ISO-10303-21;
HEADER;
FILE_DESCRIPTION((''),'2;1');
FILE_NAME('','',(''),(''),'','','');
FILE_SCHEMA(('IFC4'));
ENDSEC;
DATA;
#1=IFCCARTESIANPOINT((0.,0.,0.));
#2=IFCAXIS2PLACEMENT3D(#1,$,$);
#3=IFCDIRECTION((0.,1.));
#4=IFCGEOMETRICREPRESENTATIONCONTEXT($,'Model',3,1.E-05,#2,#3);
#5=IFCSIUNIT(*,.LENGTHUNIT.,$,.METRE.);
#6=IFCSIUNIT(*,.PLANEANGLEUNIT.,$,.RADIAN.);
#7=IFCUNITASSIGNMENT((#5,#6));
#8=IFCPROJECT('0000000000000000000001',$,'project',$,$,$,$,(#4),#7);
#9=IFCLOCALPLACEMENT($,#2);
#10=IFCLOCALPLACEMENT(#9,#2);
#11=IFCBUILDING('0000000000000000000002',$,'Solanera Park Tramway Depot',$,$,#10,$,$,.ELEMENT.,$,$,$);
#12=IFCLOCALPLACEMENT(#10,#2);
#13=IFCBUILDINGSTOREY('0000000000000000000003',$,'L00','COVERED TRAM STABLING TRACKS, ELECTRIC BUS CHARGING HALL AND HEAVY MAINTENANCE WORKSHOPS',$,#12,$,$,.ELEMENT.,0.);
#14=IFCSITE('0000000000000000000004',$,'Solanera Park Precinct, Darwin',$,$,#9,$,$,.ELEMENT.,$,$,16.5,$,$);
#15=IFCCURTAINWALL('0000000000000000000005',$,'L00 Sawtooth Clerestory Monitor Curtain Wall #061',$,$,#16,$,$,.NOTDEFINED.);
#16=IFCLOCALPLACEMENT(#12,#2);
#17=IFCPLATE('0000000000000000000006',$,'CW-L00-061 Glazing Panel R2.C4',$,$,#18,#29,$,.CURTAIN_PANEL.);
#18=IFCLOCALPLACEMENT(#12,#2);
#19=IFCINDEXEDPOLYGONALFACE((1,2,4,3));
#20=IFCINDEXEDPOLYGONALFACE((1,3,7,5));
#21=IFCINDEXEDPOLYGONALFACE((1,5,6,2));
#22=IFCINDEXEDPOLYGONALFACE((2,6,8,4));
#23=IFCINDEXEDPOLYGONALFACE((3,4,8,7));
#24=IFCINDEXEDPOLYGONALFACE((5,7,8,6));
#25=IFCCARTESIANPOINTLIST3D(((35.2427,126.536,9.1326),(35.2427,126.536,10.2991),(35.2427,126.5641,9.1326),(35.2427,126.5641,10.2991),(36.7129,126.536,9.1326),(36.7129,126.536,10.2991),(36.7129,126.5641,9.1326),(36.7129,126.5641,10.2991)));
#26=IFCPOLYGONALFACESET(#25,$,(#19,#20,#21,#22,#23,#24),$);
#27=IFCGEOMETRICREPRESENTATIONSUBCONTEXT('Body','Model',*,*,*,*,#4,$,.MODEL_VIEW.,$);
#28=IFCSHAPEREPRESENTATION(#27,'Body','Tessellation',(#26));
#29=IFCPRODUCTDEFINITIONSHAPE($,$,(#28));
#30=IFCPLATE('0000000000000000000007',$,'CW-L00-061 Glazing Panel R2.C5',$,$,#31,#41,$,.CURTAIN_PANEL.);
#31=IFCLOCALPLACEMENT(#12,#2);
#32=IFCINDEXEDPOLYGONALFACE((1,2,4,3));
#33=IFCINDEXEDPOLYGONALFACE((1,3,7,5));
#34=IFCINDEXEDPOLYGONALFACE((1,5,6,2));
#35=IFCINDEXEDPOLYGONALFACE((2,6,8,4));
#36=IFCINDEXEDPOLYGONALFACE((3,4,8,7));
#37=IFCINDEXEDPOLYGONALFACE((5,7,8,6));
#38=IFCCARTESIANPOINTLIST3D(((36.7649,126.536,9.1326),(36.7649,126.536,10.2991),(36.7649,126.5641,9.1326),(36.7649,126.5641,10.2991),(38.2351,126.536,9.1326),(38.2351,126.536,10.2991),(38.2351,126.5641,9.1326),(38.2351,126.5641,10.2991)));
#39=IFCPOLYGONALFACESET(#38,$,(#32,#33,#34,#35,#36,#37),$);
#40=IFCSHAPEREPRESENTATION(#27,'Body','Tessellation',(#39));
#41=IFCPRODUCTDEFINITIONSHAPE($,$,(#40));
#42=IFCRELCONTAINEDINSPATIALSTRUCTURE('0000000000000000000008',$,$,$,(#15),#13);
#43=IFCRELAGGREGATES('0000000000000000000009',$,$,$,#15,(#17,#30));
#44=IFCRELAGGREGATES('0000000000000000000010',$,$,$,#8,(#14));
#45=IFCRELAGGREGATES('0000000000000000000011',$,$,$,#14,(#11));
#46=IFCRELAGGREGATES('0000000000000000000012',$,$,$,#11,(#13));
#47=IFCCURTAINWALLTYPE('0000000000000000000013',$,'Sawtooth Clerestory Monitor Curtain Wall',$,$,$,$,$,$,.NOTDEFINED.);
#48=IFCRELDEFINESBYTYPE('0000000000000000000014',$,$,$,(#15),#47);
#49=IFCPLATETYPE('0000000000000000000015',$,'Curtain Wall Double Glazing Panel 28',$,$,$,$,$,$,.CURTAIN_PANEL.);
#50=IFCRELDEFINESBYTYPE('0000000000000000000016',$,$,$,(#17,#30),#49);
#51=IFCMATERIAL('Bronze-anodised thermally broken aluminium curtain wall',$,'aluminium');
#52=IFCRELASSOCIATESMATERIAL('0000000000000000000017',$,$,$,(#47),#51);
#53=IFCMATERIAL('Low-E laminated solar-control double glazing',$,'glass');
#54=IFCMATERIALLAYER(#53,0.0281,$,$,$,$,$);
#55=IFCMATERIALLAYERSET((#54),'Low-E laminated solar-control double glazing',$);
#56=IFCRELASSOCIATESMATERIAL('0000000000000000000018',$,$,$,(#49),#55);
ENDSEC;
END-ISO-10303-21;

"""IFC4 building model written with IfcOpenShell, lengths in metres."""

from ifc_helpers import new_model, si_unit, direction, frame, origin, origin_2d, place, context, subcontext, project, spatial, rectangle, extrude, material, layer, layer_set, type_object, element, aggregate, save


model = new_model("IFC4")

# Units and contexts
model_context = context("Model", 3, precision=1e-05, world=origin(), true_north=direction((0.0, 1.0)))
body_context = subcontext(model_context, "Body", "Model", "MODEL_VIEW")
ifc_project = project(units=[si_unit("LENGTHUNIT", "METRE"), si_unit("PLANEANGLEUNIT", "RADIAN")], contexts=[model_context])

# Site, building, storey
site_placement = place(None, origin())
site = spatial("IfcSite", under=ifc_project, at=site_placement, Name="Solanera Park Precinct, Darwin", CompositionType="ELEMENT", RefElevation=16.5)
building_placement = place(site_placement, origin())
building = spatial("IfcBuilding", under=site, at=building_placement, Name="Solanera Park Tramway Depot", CompositionType="ELEMENT")
storey_placement = place(building_placement, origin())
storey = spatial("IfcBuildingStorey", under=building, at=storey_placement, Name="L00", Description="COVERED TRAM STABLING TRACKS, ELECTRIC BUS CHARGING HALL AND HEAVY MAINTENANCE WORKSHOPS", CompositionType="ELEMENT", Elevation=0.0)

# Curtain wall
ifc_material_1 = material(Name="Bronze-anodised thermally broken aluminium curtain wall", Category="aluminium")
curtain_wall_type = type_object("IfcCurtainWallType", Name="Sawtooth Clerestory Monitor Curtain Wall", PredefinedType="NOTDEFINED", material=ifc_material_1)
curtain_wall_1_placement = place(storey_placement, origin())
curtain_wall_1 = element("IfcCurtainWall", 1, at=curtain_wall_1_placement, inside=storey, type_object=curtain_wall_type, Name="L00 Sawtooth Clerestory Monitor Curtain Wall #061", PredefinedType="NOTDEFINED")

# Plates
ifc_material_2 = material(Name="Low-E laminated solar-control double glazing", Category="glass")
ifc_layer = layer(ifc_material_2, 0.0281)
ifc_layer_set = layer_set([ifc_layer], Name="Low-E laminated solar-control double glazing")
plate_type = type_object("IfcPlateType", Name="Curtain Wall Double Glazing Panel 28", PredefinedType="CURTAIN_PANEL", material=ifc_layer_set)
plate_1_placement = place(storey_placement, frame((35.9778, 126.55, 9.1326), z_axis=(0.0, 0.0, 1.0), x_axis=(1.0, 0.0, 0.0)))
plate_1 = element("IfcPlate", 2, at=plate_1_placement, type_object=plate_type, Name="CW-L00-061 Glazing Panel R2.C4", PredefinedType="CURTAIN_PANEL", context=body_context, shape_type="SweptSolid", body=[
    extrude(rectangle(XDim=1.4702, YDim=0.0281, at=origin_2d()), origin(), (0.0, 0.0, 1.0), 1.1665),
])
plate_2_placement = place(storey_placement, frame((37.5, 126.55, 9.1326), z_axis=(0.0, 0.0, 1.0), x_axis=(1.0, 0.0, 0.0)))
plate_2 = element("IfcPlate", 3, at=plate_2_placement, type_object=plate_type, Name="CW-L00-061 Glazing Panel R2.C5", PredefinedType="CURTAIN_PANEL", context=body_context, shape_type="SweptSolid", body=[
    extrude(rectangle(XDim=1.4702, YDim=0.0281, at=origin_2d()), origin(), (0.0, 0.0, 1.0), 1.1665),
])
aggregate(curtain_wall_1, [plate_1, plate_2])

save(model, "model.ifc")
